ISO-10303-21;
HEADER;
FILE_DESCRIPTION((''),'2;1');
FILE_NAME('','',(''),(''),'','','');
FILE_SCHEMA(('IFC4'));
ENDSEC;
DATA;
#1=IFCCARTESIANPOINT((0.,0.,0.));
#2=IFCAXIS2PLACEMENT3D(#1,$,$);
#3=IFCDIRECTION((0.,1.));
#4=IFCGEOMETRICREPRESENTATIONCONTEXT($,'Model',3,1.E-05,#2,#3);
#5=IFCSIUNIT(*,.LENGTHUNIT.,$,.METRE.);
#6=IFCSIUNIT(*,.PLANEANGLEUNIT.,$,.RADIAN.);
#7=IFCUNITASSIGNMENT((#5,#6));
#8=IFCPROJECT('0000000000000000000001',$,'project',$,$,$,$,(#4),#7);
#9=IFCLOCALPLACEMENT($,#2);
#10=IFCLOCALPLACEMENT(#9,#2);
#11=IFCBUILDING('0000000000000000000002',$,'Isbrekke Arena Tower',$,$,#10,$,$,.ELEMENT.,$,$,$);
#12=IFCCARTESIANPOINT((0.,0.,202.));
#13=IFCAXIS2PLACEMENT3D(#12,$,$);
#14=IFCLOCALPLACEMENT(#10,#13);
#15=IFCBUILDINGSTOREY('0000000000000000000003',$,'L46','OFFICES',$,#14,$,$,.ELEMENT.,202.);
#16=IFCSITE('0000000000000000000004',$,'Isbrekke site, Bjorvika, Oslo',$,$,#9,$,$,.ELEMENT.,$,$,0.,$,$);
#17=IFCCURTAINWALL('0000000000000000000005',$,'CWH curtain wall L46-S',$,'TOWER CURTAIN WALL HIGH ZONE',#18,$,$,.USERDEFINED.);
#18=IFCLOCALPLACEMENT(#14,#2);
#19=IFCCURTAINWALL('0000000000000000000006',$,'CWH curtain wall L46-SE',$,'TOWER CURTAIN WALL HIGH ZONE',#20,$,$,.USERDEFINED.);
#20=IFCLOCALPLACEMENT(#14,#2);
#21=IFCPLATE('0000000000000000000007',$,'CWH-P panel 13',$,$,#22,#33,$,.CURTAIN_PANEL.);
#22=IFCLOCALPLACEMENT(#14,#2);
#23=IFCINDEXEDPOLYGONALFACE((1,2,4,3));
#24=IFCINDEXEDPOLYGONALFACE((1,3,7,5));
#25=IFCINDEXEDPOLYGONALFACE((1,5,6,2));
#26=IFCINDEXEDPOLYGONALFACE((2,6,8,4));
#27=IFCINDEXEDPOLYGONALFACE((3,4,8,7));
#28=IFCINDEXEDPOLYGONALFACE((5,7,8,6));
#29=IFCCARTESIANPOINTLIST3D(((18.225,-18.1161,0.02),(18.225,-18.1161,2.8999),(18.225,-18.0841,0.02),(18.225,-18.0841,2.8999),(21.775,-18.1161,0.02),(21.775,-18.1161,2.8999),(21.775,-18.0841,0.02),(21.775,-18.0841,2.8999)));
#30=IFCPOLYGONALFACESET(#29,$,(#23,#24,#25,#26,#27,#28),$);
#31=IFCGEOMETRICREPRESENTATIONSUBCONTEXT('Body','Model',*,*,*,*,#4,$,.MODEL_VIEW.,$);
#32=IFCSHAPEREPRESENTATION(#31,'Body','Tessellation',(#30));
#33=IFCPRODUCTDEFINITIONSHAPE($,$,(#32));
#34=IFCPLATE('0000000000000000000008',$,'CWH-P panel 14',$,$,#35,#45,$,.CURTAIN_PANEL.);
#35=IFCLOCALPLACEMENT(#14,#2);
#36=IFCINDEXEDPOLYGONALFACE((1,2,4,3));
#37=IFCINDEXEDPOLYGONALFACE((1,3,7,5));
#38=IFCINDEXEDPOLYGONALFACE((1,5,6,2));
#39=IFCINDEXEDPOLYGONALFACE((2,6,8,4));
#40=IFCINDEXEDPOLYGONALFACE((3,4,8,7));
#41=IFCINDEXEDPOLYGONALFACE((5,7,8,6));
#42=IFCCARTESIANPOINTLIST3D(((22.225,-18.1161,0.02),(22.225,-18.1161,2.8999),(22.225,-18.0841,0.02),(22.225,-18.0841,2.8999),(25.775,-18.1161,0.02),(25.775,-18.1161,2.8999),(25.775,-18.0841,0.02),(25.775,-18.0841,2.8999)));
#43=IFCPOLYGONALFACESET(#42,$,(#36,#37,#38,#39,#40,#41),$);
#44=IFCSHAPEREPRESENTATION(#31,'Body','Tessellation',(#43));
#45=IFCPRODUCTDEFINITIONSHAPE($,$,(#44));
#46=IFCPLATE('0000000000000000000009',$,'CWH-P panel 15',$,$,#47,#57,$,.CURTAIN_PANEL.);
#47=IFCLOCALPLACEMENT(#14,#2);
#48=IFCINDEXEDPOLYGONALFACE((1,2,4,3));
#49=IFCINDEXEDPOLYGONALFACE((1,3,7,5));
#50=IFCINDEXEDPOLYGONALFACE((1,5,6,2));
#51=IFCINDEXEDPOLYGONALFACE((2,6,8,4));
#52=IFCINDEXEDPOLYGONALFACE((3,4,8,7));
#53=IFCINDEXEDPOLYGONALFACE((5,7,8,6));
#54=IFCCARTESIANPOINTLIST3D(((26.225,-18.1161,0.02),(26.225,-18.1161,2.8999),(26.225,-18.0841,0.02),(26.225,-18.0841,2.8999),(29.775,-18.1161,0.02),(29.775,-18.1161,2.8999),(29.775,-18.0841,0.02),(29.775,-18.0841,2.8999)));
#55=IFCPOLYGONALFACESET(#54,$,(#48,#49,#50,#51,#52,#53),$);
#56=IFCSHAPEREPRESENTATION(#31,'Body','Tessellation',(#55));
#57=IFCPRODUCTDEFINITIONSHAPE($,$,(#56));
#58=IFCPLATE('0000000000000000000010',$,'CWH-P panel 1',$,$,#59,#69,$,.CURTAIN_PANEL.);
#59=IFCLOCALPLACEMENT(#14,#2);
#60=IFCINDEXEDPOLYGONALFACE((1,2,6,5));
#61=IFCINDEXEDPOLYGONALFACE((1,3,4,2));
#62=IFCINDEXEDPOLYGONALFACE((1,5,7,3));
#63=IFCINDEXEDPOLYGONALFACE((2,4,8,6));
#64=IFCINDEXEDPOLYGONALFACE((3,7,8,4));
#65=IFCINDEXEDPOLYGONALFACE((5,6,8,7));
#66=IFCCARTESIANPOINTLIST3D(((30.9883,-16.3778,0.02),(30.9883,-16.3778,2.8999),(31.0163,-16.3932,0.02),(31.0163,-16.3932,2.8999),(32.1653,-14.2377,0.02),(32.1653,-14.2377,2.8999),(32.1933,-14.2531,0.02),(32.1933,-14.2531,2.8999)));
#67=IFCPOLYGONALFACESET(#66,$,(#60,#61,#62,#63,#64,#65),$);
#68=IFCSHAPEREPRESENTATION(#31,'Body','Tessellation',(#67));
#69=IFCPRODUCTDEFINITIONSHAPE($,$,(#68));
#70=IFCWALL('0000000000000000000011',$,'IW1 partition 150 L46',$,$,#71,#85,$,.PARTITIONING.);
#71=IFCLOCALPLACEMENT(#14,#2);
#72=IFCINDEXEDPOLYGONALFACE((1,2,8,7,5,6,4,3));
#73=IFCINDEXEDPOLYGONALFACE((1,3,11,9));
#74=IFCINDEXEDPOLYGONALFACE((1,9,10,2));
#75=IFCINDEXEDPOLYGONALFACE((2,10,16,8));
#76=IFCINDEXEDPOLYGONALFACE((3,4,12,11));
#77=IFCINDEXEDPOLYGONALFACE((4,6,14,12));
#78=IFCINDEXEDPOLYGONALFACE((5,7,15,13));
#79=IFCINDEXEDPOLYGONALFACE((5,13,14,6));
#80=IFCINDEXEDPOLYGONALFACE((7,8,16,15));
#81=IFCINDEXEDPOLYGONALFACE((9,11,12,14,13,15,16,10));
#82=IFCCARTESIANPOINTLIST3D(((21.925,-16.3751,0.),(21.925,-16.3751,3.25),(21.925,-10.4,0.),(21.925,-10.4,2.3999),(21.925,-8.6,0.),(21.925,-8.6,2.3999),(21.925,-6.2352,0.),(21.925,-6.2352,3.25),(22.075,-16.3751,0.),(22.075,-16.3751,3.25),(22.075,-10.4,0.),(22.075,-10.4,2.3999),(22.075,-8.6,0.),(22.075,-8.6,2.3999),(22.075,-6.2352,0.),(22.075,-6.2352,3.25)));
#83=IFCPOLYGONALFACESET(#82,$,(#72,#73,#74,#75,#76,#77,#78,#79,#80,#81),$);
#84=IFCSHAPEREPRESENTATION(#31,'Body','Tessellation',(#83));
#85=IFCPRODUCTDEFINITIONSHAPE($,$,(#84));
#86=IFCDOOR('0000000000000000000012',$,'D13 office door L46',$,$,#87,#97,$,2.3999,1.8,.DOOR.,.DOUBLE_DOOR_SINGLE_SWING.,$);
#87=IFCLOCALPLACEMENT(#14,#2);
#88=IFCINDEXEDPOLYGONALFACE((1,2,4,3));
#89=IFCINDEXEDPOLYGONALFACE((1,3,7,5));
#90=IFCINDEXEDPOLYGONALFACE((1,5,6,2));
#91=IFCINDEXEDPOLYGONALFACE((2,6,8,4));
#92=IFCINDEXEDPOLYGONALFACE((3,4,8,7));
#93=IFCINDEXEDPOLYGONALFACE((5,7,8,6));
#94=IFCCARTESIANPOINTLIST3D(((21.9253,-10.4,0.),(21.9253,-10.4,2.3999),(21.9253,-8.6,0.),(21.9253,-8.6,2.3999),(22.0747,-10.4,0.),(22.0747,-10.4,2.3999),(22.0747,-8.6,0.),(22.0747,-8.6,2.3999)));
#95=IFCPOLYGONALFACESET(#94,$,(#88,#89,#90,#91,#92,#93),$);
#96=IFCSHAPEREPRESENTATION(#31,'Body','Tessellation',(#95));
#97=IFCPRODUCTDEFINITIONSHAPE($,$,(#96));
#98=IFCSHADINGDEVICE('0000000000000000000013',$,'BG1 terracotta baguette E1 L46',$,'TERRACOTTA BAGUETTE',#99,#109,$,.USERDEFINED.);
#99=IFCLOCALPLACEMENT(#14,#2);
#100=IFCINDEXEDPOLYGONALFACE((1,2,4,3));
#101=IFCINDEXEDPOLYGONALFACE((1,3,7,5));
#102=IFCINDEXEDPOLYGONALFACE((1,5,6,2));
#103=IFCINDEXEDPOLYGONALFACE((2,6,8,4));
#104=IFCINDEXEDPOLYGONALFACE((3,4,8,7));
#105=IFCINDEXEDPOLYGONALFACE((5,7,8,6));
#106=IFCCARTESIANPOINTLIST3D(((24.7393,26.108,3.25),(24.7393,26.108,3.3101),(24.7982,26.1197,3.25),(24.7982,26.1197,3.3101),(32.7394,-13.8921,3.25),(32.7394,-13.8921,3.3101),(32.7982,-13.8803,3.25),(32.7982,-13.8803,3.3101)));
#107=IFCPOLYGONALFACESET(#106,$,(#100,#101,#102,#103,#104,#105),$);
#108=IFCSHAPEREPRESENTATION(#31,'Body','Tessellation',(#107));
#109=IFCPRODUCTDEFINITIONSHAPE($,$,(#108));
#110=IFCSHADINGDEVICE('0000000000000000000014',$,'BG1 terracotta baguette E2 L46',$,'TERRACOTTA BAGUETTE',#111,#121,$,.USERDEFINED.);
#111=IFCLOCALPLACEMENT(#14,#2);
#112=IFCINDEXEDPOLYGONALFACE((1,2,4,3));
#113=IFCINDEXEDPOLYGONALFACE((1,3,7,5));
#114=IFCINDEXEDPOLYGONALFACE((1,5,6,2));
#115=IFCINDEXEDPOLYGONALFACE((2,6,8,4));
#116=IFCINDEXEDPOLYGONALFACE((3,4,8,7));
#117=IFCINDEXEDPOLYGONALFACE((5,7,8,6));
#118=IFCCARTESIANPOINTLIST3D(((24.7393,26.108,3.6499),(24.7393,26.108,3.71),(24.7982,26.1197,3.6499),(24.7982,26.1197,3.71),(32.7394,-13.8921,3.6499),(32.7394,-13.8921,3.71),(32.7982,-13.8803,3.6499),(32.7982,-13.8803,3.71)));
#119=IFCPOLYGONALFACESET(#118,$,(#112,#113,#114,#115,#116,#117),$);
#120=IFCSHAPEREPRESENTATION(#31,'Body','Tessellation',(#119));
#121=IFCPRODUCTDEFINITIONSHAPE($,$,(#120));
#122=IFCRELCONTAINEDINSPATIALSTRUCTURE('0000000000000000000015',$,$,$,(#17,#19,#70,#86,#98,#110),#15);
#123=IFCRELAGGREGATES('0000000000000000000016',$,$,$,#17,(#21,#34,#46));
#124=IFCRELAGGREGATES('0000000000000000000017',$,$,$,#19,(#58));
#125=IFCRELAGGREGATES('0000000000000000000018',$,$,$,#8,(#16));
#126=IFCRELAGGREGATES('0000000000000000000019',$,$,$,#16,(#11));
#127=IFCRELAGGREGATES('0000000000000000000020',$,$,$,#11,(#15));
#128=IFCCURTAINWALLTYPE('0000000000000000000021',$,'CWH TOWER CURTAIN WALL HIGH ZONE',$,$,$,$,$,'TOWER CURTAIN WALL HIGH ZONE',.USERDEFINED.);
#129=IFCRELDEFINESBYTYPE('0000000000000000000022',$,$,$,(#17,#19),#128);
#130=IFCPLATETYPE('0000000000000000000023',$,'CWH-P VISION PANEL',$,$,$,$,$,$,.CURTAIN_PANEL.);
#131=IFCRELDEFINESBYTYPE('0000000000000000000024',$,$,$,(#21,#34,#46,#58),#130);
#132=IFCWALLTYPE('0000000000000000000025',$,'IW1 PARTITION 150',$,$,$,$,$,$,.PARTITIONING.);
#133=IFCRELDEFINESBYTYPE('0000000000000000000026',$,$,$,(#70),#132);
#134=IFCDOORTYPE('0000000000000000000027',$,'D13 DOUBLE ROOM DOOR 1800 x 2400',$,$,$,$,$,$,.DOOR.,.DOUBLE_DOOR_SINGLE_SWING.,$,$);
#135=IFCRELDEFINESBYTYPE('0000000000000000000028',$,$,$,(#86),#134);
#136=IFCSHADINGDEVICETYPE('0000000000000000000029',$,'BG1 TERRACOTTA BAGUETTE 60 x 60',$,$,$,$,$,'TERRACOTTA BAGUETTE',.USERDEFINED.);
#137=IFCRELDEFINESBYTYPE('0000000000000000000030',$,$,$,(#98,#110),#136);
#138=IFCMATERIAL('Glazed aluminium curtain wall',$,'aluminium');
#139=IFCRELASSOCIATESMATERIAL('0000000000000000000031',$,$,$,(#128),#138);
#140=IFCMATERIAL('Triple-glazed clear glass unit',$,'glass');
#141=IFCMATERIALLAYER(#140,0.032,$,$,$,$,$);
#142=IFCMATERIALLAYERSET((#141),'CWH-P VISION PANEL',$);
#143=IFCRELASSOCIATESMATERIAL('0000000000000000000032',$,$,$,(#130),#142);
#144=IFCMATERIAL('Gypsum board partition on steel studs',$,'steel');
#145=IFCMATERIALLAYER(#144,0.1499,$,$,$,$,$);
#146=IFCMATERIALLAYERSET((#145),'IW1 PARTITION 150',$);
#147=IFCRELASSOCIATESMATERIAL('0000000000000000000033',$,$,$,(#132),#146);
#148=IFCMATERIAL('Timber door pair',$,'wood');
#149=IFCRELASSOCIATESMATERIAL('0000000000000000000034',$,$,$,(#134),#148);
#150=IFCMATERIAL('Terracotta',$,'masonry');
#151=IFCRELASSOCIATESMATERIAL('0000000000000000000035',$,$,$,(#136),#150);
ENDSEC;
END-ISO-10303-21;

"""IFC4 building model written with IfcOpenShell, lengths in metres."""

from ifc_helpers import new_model, si_unit, direction, frame, frame_2d, origin, origin_2d, place, context, subcontext, project, spatial, rectangle, extrude, material, layer, layer_set, material_profile, profile_set, type_object, element, fill, aggregate, save


model = new_model("IFC4")

# Units and contexts
model_context = context("Model", 3, precision=1e-05, world=origin(), true_north=direction((0.0, 1.0)))
body_context = subcontext(model_context, "Body", "Model", "MODEL_VIEW")
ifc_project = project(units=[si_unit("LENGTHUNIT", "METRE"), si_unit("PLANEANGLEUNIT", "RADIAN")], contexts=[model_context])

# Site, building, storey
site_placement = place(None, origin())
site = spatial("IfcSite", under=ifc_project, at=site_placement, Name="Isbrekke site, Bjorvika, Oslo", CompositionType="ELEMENT", RefElevation=0.0)
building_placement = place(site_placement, origin())
building = spatial("IfcBuilding", under=site, at=building_placement, Name="Isbrekke Arena Tower", CompositionType="ELEMENT")
storey_placement = place(building_placement, frame((0.0, 0.0, 202.0)))
storey = spatial("IfcBuildingStorey", under=building, at=storey_placement, Name="L46", Description="OFFICES", CompositionType="ELEMENT", Elevation=202.0)

# Curtain walls
ifc_material_1 = material(Name="Glazed aluminium curtain wall", Category="aluminium")
curtain_wall_type = type_object("IfcCurtainWallType", Name="CWH TOWER CURTAIN WALL HIGH ZONE", ElementType="TOWER CURTAIN WALL HIGH ZONE", PredefinedType="USERDEFINED", material=ifc_material_1)
curtain_wall_1_placement = place(storey_placement, origin())
curtain_wall_1 = element("IfcCurtainWall", 1, at=curtain_wall_1_placement, inside=storey, type_object=curtain_wall_type, Name="CWH curtain wall L46-S", ObjectType="TOWER CURTAIN WALL HIGH ZONE", PredefinedType="USERDEFINED")
curtain_wall_2_placement = place(storey_placement, origin())
curtain_wall_2 = element("IfcCurtainWall", 2, at=curtain_wall_2_placement, inside=storey, type_object=curtain_wall_type, Name="CWH curtain wall L46-SE", ObjectType="TOWER CURTAIN WALL HIGH ZONE", PredefinedType="USERDEFINED")

# Plates
ifc_material_2 = material(Name="Triple-glazed clear glass unit", Category="glass")
ifc_layer_1 = layer(ifc_material_2, 0.032)
ifc_layer_set_1 = layer_set([ifc_layer_1], Name="CWH-P VISION PANEL")
plate_type = type_object("IfcPlateType", Name="CWH-P VISION PANEL", PredefinedType="CURTAIN_PANEL", material=ifc_layer_set_1)
plate_1_placement = place(storey_placement, frame((20.0, -18.1001, 0.02), z_axis=(0.0, 0.0, 1.0), x_axis=(1.0, 0.0, 0.0)))
plate_1 = element("IfcPlate", 3, at=plate_1_placement, type_object=plate_type, Name="CWH-P panel 13", PredefinedType="CURTAIN_PANEL", context=body_context, shape_type="SweptSolid", body=[
    extrude(rectangle(XDim=3.55, YDim=0.032, at=origin_2d()), origin(), (0.0, 0.0, 1.0), 2.8799),
])
plate_2_placement = place(storey_placement, frame((24.0, -18.1001, 0.02), z_axis=(0.0, 0.0, 1.0), x_axis=(1.0, 0.0, 0.0)))
plate_2 = element("IfcPlate", 4, at=plate_2_placement, type_object=plate_type, Name="CWH-P panel 14", PredefinedType="CURTAIN_PANEL", context=body_context, shape_type="SweptSolid", body=[
    extrude(rectangle(XDim=3.55, YDim=0.032, at=origin_2d()), origin(), (0.0, 0.0, 1.0), 2.8799),
])
plate_3_placement = place(storey_placement, frame((28.0, -18.1001, 0.02), z_axis=(0.0, 0.0, 1.0), x_axis=(1.0, 0.0, 0.0)))
plate_3 = element("IfcPlate", 5, at=plate_3_placement, type_object=plate_type, Name="CWH-P panel 15", PredefinedType="CURTAIN_PANEL", context=body_context, shape_type="SweptSolid", body=[
    extrude(rectangle(XDim=3.55, YDim=0.032, at=origin_2d()), origin(), (0.0, 0.0, 1.0), 2.8799),
])
aggregate(curtain_wall_1, [plate_1, plate_2, plate_3])
plate_4_placement = place(storey_placement, frame((31.5908, -15.3154, 0.02), z_axis=(0.0, 0.0, 1.0), x_axis=(0.481919, 0.876216, 0.0)))
plate_4 = element("IfcPlate", 6, at=plate_4_placement, type_object=plate_type, Name="CWH-P panel 1", PredefinedType="CURTAIN_PANEL", context=body_context, shape_type="SweptSolid", body=[
    extrude(rectangle(XDim=2.4424, YDim=0.032, at=origin_2d()), origin(), (0.0, 0.0, 1.0), 2.8799),
])
aggregate(curtain_wall_2, [plate_4])

# Wall, opening, door
ifc_material_3 = material(Name="Gypsum board partition on steel studs", Category="steel")
ifc_layer_2 = layer(ifc_material_3, 0.1499)
ifc_layer_set_2 = layer_set([ifc_layer_2], Name="IW1 PARTITION 150")
wall_type = type_object("IfcWallType", Name="IW1 PARTITION 150", PredefinedType="PARTITIONING", material=ifc_layer_set_2)
wall_placement = place(storey_placement, frame((22.0, -16.375, 0.0), z_axis=(0.0, 0.0, 1.0), x_axis=(0.0, 1.0, 0.0)))
wall = element("IfcWall", 7, at=wall_placement, inside=storey, type_object=wall_type, Name="IW1 partition 150 L46", PredefinedType="PARTITIONING", context=body_context, shape_type="SweptSolid", body=[
    extrude(rectangle(XDim=10.1399, YDim=0.1499, at=frame_2d((5.0698, 0.0))), origin(), (0.0, 0.0, 1.0), 3.25),
])
opening_placement = place(wall_placement, frame((5.9751, 0.0, 0.0)))
opening = element("IfcOpeningElement", 8, at=opening_placement, cuts=wall, PredefinedType="OPENING", context=body_context, shape_type="SweptSolid", body=[
    extrude(rectangle(XDim=1.8, YDim=2.3999, at=frame_2d((0.8999, 1.2))), frame((0.0, 0.0898, 0.0), z_axis=(0.0, -1.0, 0.0), x_axis=(1.0, 0.0, 0.0)), (0.0, 0.0, 1.0), 0.1797),
])
ifc_material_4 = material(Name="Timber door pair", Category="wood")
door_type = type_object("IfcDoorType", Name="D13 DOUBLE ROOM DOOR 1800 x 2400", OperationType="DOUBLE_DOOR_SINGLE_SWING", PredefinedType="DOOR", material=ifc_material_4)
door_placement = place(opening_placement, origin())
door = element("IfcDoor", 9, at=door_placement, inside=storey, type_object=door_type, Name="D13 office door L46", OperationType="DOUBLE_DOOR_SINGLE_SWING", OverallHeight=2.3999, OverallWidth=1.8, PredefinedType="DOOR", context=body_context, shape_type="SweptSolid", body=[
    extrude(rectangle(XDim=1.8, YDim=2.3999, at=frame_2d((0.8999, 1.2))), frame((0.0, 0.0747, 0.0), z_axis=(0.0, -1.0, 0.0), x_axis=(1.0, 0.0, 0.0)), (0.0, 0.0, 1.0), 0.1494),
])
fill(opening, door)

# Shading devices
ifc_material_5 = material(Name="Terracotta", Category="masonry")
ifc_material_profile_1 = material_profile(ifc_material_5, rectangle(XDim=0.0601, YDim=0.0601, at=origin_2d()), Name="BAGUETTE 60X60")
ifc_profile_set_1 = profile_set([ifc_material_profile_1], Name="Terracotta")
shading_device_type = type_object("IfcShadingDeviceType", Name="BG1 TERRACOTTA BAGUETTE 60 x 60", ElementType="TERRACOTTA BAGUETTE", PredefinedType="USERDEFINED", material=ifc_profile_set_1)
for number, where, z_axis, x_axis, name in (
    (10, (32.7688, -13.8862, 3.28), (-0.196116, 0.980581, 0.0), (-0.980581, -0.196116, 0.0), "BG1 terracotta baguette E1 L46"),
    (11, (32.7688, -13.8862, 3.6799), (-0.196116, 0.980581, 0.0), (-0.980581, -0.196116, 0.0), "BG1 terracotta baguette E2 L46"),
):
    element("IfcShadingDevice", number, at=place(storey_placement, frame(where, z_axis=z_axis, x_axis=x_axis)), inside=storey, type_object=shading_device_type, Name=name, ObjectType="TERRACOTTA BAGUETTE", PredefinedType="USERDEFINED", context=body_context, shape_type="SweptSolid", body=[
        extrude(rectangle(XDim=0.0601, YDim=0.0601, at=origin_2d()), origin(), (0.0, 0.0, 1.0), 40.7922),
    ])

save(model, "model.ifc")
